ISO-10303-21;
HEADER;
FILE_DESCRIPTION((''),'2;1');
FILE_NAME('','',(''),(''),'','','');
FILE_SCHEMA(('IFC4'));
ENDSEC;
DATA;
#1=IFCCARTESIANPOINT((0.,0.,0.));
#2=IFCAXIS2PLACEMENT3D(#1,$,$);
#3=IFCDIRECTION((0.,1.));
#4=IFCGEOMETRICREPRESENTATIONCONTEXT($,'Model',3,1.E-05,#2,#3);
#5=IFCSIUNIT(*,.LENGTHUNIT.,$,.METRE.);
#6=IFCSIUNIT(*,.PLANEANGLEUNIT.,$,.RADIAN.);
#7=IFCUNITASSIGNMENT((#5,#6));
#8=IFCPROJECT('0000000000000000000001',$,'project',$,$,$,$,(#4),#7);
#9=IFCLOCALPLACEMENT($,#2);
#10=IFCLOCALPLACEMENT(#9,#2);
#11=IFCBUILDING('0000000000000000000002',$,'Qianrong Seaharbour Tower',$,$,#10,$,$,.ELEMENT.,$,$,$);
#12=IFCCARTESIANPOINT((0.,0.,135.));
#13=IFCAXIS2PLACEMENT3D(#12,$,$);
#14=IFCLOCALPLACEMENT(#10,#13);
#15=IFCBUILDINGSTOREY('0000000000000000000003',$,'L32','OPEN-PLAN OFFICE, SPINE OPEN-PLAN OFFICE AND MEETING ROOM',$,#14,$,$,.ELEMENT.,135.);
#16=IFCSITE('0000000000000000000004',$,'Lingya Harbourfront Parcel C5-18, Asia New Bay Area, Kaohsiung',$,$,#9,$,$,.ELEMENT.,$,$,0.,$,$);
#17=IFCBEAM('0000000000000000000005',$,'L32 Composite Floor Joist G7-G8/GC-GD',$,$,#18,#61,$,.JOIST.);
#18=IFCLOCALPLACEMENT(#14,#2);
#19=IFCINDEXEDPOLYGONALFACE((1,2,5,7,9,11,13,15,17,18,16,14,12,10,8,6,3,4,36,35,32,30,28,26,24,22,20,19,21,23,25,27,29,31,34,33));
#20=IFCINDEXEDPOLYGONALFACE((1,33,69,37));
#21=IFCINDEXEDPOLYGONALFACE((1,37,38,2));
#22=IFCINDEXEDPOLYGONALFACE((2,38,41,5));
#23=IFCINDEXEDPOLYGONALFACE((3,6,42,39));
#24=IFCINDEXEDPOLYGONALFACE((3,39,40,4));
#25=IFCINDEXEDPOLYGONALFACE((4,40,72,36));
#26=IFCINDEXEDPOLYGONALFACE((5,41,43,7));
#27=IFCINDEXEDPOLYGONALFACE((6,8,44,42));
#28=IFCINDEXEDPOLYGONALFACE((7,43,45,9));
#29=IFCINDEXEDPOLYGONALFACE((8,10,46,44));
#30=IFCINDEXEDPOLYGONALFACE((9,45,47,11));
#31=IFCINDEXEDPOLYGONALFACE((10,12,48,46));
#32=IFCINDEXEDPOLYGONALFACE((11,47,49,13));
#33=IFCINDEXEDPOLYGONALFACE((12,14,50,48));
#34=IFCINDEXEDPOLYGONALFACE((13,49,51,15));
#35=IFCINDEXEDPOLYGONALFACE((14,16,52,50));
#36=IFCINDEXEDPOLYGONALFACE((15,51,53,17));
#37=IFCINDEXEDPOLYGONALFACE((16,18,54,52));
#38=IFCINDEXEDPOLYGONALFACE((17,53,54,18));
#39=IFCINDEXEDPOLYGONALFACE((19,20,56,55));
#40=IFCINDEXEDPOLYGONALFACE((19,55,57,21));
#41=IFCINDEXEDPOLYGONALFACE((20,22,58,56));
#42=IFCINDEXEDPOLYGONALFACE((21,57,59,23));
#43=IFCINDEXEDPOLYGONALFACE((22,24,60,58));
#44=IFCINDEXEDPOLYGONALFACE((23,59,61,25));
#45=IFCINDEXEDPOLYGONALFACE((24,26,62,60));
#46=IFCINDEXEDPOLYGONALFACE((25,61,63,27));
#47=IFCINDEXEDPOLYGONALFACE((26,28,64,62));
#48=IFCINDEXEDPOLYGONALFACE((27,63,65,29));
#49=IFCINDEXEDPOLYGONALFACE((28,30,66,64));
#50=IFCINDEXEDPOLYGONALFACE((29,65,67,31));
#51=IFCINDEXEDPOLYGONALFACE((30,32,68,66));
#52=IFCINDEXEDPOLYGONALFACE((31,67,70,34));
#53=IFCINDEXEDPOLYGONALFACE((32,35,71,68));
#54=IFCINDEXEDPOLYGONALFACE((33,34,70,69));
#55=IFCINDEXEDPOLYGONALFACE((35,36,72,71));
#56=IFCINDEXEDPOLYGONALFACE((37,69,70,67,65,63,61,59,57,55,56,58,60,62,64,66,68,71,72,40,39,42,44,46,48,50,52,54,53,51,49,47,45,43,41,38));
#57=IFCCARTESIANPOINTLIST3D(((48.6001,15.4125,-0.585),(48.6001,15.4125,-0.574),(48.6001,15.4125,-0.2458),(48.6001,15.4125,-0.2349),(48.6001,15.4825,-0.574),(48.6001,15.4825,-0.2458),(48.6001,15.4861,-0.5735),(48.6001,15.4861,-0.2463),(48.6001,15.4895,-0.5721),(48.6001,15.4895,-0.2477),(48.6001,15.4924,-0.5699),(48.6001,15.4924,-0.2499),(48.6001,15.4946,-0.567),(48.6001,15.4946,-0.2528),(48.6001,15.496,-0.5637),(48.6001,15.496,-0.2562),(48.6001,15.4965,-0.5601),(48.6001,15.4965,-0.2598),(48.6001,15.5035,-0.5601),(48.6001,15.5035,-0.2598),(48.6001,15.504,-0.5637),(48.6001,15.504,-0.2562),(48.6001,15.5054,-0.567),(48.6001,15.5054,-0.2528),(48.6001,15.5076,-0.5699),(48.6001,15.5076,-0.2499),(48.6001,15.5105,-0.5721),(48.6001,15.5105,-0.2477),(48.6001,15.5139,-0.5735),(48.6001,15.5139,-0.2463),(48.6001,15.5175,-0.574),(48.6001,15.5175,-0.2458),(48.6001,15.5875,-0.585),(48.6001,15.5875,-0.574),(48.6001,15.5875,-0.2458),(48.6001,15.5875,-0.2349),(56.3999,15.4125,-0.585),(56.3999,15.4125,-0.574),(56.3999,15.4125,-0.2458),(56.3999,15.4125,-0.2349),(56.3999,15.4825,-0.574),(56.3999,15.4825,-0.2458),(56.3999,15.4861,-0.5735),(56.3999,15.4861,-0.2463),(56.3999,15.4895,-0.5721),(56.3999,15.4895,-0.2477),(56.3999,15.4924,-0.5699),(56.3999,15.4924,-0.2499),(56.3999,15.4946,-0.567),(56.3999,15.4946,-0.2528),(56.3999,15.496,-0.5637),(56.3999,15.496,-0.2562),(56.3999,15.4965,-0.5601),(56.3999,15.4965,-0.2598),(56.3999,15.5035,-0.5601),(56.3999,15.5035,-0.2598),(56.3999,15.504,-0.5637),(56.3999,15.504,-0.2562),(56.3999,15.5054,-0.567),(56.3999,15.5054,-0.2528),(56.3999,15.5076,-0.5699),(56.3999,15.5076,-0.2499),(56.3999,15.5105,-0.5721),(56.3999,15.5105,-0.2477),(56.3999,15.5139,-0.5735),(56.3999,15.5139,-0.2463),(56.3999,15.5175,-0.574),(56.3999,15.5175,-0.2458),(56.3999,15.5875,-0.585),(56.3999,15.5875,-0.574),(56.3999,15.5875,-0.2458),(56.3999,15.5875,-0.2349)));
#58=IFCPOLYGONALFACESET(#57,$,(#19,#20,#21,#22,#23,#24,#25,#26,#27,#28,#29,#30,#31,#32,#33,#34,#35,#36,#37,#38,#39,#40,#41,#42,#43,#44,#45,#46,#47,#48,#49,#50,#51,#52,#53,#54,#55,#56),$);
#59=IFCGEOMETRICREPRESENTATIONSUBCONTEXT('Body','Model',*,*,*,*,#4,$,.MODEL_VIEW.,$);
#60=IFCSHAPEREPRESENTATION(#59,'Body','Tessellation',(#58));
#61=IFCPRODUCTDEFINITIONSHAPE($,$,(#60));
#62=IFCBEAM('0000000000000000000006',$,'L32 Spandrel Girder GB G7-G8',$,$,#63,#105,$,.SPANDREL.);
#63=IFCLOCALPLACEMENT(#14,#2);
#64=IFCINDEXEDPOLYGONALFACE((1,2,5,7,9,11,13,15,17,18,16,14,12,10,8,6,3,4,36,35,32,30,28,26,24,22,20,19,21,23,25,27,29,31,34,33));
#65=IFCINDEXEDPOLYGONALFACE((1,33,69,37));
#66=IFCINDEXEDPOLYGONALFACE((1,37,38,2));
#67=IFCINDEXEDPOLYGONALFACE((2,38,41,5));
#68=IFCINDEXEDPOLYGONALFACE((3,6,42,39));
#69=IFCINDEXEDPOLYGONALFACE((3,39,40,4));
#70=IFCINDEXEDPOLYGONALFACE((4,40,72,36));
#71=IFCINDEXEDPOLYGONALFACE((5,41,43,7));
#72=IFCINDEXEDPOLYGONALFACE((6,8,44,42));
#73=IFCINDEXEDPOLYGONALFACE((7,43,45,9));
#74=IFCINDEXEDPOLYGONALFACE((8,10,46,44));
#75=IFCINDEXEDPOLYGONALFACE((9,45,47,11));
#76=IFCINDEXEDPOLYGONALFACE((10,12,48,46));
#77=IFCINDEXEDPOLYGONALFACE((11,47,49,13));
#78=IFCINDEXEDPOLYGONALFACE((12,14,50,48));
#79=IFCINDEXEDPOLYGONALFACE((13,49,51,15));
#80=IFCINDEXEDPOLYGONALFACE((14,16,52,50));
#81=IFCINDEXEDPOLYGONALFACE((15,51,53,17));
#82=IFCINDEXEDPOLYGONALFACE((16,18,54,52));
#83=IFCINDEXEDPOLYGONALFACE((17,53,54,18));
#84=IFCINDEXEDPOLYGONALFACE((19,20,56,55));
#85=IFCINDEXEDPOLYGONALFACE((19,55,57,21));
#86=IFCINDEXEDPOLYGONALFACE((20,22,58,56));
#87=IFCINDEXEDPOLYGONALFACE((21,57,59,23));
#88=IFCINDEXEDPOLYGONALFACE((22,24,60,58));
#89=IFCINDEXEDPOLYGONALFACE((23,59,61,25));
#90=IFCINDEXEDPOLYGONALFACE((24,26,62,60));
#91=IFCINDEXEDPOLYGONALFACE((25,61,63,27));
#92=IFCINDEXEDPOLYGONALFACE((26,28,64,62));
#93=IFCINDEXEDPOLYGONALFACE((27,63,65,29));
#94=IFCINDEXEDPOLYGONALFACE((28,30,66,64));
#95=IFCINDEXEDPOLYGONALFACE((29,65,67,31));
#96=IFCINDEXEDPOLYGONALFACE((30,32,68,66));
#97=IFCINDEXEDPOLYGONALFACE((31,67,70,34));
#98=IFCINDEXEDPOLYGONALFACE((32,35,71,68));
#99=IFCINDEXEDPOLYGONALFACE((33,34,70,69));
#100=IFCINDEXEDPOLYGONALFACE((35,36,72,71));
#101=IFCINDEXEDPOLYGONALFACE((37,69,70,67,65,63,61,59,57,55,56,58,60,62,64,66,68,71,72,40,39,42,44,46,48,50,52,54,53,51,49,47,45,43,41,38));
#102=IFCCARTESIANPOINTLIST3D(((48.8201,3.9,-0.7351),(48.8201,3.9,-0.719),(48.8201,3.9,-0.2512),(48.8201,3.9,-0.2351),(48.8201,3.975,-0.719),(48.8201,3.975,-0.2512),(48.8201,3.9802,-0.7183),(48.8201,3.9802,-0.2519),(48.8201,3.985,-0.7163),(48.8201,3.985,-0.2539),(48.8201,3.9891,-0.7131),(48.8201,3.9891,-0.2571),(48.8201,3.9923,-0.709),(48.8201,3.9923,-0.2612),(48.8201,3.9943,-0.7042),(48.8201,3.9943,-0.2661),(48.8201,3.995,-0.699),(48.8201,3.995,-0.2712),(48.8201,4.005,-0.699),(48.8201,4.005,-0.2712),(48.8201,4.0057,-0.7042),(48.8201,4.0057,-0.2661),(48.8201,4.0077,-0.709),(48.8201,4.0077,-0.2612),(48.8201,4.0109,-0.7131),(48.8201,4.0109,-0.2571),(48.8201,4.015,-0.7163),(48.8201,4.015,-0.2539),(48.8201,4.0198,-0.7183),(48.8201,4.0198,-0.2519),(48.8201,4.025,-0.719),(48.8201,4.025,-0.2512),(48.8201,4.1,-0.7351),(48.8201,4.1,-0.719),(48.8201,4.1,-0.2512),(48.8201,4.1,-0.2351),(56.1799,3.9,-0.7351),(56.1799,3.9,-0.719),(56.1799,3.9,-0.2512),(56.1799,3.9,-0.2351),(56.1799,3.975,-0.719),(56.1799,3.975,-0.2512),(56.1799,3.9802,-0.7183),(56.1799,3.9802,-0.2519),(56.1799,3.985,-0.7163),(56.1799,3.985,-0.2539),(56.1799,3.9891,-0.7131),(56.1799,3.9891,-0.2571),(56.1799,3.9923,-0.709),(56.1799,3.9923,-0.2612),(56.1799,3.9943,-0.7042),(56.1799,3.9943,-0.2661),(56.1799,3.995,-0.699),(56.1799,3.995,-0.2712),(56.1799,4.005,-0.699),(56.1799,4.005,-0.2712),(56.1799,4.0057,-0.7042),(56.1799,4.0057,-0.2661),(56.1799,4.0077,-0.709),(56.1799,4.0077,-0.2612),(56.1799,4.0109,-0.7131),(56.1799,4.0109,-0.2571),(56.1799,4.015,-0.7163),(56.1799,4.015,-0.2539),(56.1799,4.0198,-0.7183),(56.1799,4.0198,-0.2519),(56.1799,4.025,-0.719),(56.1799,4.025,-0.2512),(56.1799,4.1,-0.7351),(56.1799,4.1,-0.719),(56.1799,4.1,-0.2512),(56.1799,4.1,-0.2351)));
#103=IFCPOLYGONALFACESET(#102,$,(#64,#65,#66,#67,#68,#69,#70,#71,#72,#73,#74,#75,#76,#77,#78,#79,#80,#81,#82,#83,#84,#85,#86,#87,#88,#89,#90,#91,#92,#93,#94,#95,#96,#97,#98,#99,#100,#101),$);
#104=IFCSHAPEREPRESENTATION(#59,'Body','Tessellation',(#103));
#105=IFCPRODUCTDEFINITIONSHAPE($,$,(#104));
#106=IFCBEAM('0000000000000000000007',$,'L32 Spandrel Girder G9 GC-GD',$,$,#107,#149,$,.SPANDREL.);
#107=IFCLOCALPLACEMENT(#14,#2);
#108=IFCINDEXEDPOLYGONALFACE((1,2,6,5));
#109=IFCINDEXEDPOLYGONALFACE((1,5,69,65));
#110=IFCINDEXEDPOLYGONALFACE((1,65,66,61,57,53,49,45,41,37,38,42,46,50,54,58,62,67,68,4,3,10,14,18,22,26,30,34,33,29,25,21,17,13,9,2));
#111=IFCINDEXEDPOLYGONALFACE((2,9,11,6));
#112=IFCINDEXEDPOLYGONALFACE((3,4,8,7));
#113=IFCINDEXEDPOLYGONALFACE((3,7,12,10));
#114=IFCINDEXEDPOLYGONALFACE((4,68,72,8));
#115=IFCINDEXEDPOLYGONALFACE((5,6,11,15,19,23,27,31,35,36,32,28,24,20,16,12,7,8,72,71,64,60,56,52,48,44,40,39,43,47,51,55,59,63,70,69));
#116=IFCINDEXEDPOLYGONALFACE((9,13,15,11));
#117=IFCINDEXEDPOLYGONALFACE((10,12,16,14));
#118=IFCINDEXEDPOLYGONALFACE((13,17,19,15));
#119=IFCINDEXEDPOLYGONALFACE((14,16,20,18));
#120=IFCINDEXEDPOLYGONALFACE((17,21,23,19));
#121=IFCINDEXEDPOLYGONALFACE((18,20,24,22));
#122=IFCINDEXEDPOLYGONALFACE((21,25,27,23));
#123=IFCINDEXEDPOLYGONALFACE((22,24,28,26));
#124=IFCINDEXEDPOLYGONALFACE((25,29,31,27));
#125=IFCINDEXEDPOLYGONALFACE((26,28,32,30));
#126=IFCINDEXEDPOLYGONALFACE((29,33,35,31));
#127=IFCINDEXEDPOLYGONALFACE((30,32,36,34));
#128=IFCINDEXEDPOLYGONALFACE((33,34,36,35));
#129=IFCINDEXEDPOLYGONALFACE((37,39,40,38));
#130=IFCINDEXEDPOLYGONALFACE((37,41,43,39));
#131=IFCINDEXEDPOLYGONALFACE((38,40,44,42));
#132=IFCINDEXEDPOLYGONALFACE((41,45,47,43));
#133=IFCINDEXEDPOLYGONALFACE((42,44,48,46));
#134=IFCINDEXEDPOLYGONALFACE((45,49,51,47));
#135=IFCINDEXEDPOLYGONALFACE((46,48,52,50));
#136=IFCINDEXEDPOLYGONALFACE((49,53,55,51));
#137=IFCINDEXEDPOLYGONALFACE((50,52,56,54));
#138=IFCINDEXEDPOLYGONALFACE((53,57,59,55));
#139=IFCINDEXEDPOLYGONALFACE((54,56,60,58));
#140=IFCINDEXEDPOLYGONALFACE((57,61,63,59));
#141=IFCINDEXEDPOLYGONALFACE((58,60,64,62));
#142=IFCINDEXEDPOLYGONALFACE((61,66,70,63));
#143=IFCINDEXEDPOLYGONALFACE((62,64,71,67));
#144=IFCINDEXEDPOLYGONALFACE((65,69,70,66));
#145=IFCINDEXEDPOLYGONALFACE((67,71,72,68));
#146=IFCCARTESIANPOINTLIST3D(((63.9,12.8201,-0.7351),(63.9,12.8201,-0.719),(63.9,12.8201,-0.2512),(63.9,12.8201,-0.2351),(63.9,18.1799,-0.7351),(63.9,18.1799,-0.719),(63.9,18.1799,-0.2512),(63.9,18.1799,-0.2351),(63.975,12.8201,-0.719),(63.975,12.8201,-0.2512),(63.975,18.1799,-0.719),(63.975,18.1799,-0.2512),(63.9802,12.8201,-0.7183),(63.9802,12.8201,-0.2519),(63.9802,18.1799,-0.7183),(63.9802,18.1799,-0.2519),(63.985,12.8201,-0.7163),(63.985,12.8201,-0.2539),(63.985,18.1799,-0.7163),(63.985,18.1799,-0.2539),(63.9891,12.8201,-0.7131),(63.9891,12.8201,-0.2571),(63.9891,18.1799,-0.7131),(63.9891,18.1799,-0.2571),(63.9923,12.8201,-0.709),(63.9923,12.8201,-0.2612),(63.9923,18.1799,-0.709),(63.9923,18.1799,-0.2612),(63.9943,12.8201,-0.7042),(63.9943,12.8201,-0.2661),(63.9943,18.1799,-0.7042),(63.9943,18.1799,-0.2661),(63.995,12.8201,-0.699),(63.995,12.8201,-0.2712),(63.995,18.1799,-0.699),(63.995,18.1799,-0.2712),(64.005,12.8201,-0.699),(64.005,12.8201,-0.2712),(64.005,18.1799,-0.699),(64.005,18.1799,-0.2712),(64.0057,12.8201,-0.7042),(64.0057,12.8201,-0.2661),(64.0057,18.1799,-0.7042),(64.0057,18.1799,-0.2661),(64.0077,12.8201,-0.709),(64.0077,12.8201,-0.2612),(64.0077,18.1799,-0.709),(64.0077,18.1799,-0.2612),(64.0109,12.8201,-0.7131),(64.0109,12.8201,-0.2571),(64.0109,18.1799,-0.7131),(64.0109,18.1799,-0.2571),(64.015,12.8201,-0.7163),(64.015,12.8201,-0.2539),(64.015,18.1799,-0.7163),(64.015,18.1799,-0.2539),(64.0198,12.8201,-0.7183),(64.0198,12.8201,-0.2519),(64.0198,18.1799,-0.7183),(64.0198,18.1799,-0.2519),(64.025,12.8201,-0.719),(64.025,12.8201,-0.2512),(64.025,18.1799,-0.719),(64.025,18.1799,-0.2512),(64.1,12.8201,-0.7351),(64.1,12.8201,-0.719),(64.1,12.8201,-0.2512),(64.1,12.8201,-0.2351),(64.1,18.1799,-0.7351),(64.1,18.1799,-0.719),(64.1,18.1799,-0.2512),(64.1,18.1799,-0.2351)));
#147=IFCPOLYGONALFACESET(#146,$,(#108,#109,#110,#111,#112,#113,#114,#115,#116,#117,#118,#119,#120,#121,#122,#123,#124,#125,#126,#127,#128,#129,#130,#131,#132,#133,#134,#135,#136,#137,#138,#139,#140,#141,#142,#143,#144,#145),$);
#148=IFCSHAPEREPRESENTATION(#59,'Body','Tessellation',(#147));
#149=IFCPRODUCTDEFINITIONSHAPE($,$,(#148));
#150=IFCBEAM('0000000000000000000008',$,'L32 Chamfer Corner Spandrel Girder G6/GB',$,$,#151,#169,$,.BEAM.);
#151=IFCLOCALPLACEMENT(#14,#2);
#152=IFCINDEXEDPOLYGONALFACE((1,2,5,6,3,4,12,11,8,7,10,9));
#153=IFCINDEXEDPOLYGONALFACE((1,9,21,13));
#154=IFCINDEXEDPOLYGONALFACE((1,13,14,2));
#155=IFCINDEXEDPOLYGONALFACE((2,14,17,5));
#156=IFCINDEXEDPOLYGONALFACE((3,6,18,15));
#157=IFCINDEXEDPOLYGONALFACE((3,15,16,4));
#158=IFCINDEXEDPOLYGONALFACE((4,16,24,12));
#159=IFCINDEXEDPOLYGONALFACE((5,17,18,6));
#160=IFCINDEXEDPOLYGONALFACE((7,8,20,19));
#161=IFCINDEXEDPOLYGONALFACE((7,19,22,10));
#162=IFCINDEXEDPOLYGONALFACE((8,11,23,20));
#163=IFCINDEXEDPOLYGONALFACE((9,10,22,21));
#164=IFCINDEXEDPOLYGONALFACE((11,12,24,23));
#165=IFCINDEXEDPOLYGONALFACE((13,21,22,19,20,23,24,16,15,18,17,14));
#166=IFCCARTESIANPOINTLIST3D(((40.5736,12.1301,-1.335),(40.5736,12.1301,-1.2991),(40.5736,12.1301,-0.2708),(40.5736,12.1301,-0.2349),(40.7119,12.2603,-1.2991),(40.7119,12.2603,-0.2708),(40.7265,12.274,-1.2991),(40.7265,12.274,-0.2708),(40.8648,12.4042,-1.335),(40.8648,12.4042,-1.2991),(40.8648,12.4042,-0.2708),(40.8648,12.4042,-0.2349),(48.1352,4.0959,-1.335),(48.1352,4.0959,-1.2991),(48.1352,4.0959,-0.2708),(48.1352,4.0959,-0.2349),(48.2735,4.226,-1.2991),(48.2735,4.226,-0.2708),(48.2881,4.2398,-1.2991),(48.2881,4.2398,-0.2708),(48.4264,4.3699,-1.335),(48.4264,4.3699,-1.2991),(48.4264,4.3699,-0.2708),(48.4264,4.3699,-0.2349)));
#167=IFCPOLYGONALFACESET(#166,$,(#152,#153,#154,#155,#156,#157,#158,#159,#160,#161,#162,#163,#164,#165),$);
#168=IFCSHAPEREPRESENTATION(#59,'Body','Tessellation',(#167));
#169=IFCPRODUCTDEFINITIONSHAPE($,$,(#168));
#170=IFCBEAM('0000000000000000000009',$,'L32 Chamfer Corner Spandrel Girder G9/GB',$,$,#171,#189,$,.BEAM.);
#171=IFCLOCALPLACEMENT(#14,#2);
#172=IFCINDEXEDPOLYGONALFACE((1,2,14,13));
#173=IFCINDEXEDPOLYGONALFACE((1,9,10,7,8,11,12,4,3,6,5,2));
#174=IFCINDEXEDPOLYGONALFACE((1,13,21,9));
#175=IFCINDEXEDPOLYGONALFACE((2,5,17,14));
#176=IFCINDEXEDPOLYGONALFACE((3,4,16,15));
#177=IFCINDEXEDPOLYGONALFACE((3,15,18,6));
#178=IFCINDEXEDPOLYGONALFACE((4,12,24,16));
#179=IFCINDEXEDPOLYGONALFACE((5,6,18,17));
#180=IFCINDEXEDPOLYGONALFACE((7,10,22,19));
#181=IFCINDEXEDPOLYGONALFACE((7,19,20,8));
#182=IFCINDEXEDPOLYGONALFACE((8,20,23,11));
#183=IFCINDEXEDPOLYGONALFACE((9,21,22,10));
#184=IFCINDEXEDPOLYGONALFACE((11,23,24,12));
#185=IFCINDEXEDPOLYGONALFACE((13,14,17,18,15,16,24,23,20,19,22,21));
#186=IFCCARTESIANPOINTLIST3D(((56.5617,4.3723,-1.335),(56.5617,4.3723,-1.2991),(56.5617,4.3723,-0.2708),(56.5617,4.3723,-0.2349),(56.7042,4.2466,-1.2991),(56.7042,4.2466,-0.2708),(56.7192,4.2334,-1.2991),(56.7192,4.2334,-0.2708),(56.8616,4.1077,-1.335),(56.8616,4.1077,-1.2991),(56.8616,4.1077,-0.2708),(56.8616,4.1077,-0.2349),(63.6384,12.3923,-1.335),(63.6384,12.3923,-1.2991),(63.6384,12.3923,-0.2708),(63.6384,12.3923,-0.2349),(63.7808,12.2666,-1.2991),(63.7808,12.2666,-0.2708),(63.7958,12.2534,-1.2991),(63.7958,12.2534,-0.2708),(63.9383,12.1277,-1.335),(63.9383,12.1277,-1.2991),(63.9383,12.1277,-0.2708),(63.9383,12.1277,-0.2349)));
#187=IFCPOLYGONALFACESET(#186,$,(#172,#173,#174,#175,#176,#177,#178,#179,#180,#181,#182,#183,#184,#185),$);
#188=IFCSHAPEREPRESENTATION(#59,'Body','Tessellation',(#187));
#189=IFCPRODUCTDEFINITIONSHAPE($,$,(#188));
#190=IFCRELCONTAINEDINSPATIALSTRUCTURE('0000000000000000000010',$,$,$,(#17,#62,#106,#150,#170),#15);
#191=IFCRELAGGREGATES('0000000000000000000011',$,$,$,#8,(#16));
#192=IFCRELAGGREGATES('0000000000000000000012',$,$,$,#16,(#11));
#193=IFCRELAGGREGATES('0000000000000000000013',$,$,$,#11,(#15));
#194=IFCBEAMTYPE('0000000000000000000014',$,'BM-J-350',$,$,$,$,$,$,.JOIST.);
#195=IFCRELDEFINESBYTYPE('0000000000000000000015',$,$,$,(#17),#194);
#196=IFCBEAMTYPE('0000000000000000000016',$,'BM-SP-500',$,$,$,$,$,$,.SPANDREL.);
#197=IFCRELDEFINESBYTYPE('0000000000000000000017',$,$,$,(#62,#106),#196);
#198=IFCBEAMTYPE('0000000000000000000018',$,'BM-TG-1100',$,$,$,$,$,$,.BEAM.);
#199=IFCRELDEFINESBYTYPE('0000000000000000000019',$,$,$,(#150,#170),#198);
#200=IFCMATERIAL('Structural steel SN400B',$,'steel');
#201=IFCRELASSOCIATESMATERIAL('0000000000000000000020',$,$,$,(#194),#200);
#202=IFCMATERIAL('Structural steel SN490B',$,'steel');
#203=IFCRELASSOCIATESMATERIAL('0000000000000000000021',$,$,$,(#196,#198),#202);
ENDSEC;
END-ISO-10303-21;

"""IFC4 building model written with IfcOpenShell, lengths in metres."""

from ifc_helpers import new_model, si_unit, direction, frame, origin, origin_2d, place, context, subcontext, project, spatial, i_section, extrude, material, material_profile, profile_set, type_object, element, save


model = new_model("IFC4")

# Units and contexts
model_context = context("Model", 3, precision=1e-05, world=origin(), true_north=direction((0.0, 1.0)))
body_context = subcontext(model_context, "Body", "Model", "MODEL_VIEW")
ifc_project = project(units=[si_unit("LENGTHUNIT", "METRE"), si_unit("PLANEANGLEUNIT", "RADIAN")], contexts=[model_context])

# Site, building, storey
site_placement = place(None, origin())
site = spatial("IfcSite", under=ifc_project, at=site_placement, Name="Lingya Harbourfront Parcel C5-18, Asia New Bay Area, Kaohsiung", CompositionType="ELEMENT", RefElevation=0.0)
building_placement = place(site_placement, origin())
building = spatial("IfcBuilding", under=site, at=building_placement, Name="Qianrong Seaharbour Tower", CompositionType="ELEMENT")
storey_placement = place(building_placement, frame((0.0, 0.0, 135.0)))
storey = spatial("IfcBuildingStorey", under=building, at=storey_placement, Name="L32", Description="OPEN-PLAN OFFICE, SPINE OPEN-PLAN OFFICE AND MEETING ROOM", CompositionType="ELEMENT", Elevation=135.0)

# Shared definitions
ifc_material_1 = material(Name="Structural steel SN490B", Category="steel")

# Beams
ifc_material_2 = material(Name="Structural steel SN400B", Category="steel")
ifc_material_profile_1 = material_profile(ifc_material_2, i_section(OverallWidth=0.175, OverallDepth=0.3501, WebThickness=0.0071, FlangeThickness=0.011, FilletRadius=0.0139, at=origin_2d()), Name="H350x175x7x11")
ifc_profile_set_1 = profile_set([ifc_material_profile_1], Name="Structural steel SN400B")
beam_type_1 = type_object("IfcBeamType", Name="BM-J-350", PredefinedType="JOIST", material=ifc_profile_set_1)
for number, where, z_axis, x_axis, name in (
    (1, (48.6001, 15.5, -0.4099), (1.0, 0.0, 0.0), (0.0, 1.0, 0.0), "L32 Composite Floor Joist G7-G8/GC-GD"),
):
    element("IfcBeam", number, at=place(storey_placement, frame(where, z_axis=z_axis, x_axis=x_axis)), inside=storey, type_object=beam_type_1, Name=name, PredefinedType="JOIST", context=body_context, shape_type="SweptSolid", body=[
        extrude(i_section(OverallWidth=0.175, OverallDepth=0.3501, WebThickness=0.0071, FlangeThickness=0.011, FilletRadius=0.0139, at=origin_2d()), origin(), (0.0, 0.0, 1.0), 7.7998),
    ])
ifc_material_profile_2 = material_profile(ifc_material_1, i_section(OverallWidth=0.2, OverallDepth=0.5, WebThickness=0.01, FlangeThickness=0.0161, FilletRadius=0.02, at=origin_2d()), Name="H500x200x10x16")
ifc_profile_set_2 = profile_set([ifc_material_profile_2], Name="Structural steel SN490B")
beam_type_2 = type_object("IfcBeamType", Name="BM-SP-500", PredefinedType="SPANDREL", material=ifc_profile_set_2)
beam_1_placement = place(storey_placement, frame((48.8201, 4.0, -0.4851), z_axis=(1.0, 0.0, 0.0), x_axis=(0.0, 1.0, 0.0)))
element("IfcBeam", 2, at=beam_1_placement, inside=storey, type_object=beam_type_2, Name="L32 Spandrel Girder GB G7-G8", PredefinedType="SPANDREL", context=body_context, shape_type="SweptSolid", body=[
    extrude(i_section(OverallWidth=0.2, OverallDepth=0.5, WebThickness=0.01, FlangeThickness=0.0161, FilletRadius=0.02, at=origin_2d()), origin(), (0.0, 0.0, 1.0), 7.3599),
])
beam_2_placement = place(storey_placement, frame((64.0, 12.8201, -0.4851), z_axis=(0.0, 1.0, 0.0), x_axis=(-1.0, 0.0, 0.0)))
element("IfcBeam", 3, at=beam_2_placement, inside=storey, type_object=beam_type_2, Name="L32 Spandrel Girder G9 GC-GD", PredefinedType="SPANDREL", context=body_context, shape_type="SweptSolid", body=[
    extrude(i_section(OverallWidth=0.2, OverallDepth=0.5, WebThickness=0.01, FlangeThickness=0.0161, FilletRadius=0.02, at=origin_2d()), origin(), (0.0, 0.0, 1.0), 5.3599),
])
ifc_material_profile_3 = material_profile(ifc_material_1, i_section(OverallWidth=0.3999, OverallDepth=1.1001, WebThickness=0.02, FlangeThickness=0.0359, at=origin_2d()), Name="BH1100x400x20x36")
ifc_profile_set_3 = profile_set([ifc_material_profile_3], Name="Structural steel SN490B")
beam_type_3 = type_object("IfcBeamType", Name="BM-TG-1100", PredefinedType="BEAM", material=ifc_profile_set_3)
beam_3_placement = place(storey_placement, frame((48.2808, 4.2329, -0.7849), z_axis=(-0.685362, 0.728203, 0.0), x_axis=(-0.728203, -0.685362, 0.0)))
element("IfcBeam", 4, at=beam_3_placement, inside=storey, type_object=beam_type_3, Name="L32 Chamfer Corner Spandrel Girder G6/GB", PredefinedType="BEAM", context=body_context, shape_type="SweptSolid", body=[
    extrude(i_section(OverallWidth=0.3999, OverallDepth=1.1001, WebThickness=0.02, FlangeThickness=0.0359, at=origin_2d()), origin(), (0.0, 0.0, 1.0), 11.033),
])
beam_4_placement = place(storey_placement, frame((56.7117, 4.24, -0.7849), z_axis=(0.661631, 0.74983, 0.0), x_axis=(-0.74983, 0.661631, 0.0)))
element("IfcBeam", 5, at=beam_4_placement, inside=storey, type_object=beam_type_3, Name="L32 Chamfer Corner Spandrel Girder G9/GB", PredefinedType="BEAM", context=body_context, shape_type="SweptSolid", body=[
    extrude(i_section(OverallWidth=0.3999, OverallDepth=1.1001, WebThickness=0.02, FlangeThickness=0.0359, at=origin_2d()), origin(), (0.0, 0.0, 1.0), 10.6958),
])

save(model, "model.ifc")
